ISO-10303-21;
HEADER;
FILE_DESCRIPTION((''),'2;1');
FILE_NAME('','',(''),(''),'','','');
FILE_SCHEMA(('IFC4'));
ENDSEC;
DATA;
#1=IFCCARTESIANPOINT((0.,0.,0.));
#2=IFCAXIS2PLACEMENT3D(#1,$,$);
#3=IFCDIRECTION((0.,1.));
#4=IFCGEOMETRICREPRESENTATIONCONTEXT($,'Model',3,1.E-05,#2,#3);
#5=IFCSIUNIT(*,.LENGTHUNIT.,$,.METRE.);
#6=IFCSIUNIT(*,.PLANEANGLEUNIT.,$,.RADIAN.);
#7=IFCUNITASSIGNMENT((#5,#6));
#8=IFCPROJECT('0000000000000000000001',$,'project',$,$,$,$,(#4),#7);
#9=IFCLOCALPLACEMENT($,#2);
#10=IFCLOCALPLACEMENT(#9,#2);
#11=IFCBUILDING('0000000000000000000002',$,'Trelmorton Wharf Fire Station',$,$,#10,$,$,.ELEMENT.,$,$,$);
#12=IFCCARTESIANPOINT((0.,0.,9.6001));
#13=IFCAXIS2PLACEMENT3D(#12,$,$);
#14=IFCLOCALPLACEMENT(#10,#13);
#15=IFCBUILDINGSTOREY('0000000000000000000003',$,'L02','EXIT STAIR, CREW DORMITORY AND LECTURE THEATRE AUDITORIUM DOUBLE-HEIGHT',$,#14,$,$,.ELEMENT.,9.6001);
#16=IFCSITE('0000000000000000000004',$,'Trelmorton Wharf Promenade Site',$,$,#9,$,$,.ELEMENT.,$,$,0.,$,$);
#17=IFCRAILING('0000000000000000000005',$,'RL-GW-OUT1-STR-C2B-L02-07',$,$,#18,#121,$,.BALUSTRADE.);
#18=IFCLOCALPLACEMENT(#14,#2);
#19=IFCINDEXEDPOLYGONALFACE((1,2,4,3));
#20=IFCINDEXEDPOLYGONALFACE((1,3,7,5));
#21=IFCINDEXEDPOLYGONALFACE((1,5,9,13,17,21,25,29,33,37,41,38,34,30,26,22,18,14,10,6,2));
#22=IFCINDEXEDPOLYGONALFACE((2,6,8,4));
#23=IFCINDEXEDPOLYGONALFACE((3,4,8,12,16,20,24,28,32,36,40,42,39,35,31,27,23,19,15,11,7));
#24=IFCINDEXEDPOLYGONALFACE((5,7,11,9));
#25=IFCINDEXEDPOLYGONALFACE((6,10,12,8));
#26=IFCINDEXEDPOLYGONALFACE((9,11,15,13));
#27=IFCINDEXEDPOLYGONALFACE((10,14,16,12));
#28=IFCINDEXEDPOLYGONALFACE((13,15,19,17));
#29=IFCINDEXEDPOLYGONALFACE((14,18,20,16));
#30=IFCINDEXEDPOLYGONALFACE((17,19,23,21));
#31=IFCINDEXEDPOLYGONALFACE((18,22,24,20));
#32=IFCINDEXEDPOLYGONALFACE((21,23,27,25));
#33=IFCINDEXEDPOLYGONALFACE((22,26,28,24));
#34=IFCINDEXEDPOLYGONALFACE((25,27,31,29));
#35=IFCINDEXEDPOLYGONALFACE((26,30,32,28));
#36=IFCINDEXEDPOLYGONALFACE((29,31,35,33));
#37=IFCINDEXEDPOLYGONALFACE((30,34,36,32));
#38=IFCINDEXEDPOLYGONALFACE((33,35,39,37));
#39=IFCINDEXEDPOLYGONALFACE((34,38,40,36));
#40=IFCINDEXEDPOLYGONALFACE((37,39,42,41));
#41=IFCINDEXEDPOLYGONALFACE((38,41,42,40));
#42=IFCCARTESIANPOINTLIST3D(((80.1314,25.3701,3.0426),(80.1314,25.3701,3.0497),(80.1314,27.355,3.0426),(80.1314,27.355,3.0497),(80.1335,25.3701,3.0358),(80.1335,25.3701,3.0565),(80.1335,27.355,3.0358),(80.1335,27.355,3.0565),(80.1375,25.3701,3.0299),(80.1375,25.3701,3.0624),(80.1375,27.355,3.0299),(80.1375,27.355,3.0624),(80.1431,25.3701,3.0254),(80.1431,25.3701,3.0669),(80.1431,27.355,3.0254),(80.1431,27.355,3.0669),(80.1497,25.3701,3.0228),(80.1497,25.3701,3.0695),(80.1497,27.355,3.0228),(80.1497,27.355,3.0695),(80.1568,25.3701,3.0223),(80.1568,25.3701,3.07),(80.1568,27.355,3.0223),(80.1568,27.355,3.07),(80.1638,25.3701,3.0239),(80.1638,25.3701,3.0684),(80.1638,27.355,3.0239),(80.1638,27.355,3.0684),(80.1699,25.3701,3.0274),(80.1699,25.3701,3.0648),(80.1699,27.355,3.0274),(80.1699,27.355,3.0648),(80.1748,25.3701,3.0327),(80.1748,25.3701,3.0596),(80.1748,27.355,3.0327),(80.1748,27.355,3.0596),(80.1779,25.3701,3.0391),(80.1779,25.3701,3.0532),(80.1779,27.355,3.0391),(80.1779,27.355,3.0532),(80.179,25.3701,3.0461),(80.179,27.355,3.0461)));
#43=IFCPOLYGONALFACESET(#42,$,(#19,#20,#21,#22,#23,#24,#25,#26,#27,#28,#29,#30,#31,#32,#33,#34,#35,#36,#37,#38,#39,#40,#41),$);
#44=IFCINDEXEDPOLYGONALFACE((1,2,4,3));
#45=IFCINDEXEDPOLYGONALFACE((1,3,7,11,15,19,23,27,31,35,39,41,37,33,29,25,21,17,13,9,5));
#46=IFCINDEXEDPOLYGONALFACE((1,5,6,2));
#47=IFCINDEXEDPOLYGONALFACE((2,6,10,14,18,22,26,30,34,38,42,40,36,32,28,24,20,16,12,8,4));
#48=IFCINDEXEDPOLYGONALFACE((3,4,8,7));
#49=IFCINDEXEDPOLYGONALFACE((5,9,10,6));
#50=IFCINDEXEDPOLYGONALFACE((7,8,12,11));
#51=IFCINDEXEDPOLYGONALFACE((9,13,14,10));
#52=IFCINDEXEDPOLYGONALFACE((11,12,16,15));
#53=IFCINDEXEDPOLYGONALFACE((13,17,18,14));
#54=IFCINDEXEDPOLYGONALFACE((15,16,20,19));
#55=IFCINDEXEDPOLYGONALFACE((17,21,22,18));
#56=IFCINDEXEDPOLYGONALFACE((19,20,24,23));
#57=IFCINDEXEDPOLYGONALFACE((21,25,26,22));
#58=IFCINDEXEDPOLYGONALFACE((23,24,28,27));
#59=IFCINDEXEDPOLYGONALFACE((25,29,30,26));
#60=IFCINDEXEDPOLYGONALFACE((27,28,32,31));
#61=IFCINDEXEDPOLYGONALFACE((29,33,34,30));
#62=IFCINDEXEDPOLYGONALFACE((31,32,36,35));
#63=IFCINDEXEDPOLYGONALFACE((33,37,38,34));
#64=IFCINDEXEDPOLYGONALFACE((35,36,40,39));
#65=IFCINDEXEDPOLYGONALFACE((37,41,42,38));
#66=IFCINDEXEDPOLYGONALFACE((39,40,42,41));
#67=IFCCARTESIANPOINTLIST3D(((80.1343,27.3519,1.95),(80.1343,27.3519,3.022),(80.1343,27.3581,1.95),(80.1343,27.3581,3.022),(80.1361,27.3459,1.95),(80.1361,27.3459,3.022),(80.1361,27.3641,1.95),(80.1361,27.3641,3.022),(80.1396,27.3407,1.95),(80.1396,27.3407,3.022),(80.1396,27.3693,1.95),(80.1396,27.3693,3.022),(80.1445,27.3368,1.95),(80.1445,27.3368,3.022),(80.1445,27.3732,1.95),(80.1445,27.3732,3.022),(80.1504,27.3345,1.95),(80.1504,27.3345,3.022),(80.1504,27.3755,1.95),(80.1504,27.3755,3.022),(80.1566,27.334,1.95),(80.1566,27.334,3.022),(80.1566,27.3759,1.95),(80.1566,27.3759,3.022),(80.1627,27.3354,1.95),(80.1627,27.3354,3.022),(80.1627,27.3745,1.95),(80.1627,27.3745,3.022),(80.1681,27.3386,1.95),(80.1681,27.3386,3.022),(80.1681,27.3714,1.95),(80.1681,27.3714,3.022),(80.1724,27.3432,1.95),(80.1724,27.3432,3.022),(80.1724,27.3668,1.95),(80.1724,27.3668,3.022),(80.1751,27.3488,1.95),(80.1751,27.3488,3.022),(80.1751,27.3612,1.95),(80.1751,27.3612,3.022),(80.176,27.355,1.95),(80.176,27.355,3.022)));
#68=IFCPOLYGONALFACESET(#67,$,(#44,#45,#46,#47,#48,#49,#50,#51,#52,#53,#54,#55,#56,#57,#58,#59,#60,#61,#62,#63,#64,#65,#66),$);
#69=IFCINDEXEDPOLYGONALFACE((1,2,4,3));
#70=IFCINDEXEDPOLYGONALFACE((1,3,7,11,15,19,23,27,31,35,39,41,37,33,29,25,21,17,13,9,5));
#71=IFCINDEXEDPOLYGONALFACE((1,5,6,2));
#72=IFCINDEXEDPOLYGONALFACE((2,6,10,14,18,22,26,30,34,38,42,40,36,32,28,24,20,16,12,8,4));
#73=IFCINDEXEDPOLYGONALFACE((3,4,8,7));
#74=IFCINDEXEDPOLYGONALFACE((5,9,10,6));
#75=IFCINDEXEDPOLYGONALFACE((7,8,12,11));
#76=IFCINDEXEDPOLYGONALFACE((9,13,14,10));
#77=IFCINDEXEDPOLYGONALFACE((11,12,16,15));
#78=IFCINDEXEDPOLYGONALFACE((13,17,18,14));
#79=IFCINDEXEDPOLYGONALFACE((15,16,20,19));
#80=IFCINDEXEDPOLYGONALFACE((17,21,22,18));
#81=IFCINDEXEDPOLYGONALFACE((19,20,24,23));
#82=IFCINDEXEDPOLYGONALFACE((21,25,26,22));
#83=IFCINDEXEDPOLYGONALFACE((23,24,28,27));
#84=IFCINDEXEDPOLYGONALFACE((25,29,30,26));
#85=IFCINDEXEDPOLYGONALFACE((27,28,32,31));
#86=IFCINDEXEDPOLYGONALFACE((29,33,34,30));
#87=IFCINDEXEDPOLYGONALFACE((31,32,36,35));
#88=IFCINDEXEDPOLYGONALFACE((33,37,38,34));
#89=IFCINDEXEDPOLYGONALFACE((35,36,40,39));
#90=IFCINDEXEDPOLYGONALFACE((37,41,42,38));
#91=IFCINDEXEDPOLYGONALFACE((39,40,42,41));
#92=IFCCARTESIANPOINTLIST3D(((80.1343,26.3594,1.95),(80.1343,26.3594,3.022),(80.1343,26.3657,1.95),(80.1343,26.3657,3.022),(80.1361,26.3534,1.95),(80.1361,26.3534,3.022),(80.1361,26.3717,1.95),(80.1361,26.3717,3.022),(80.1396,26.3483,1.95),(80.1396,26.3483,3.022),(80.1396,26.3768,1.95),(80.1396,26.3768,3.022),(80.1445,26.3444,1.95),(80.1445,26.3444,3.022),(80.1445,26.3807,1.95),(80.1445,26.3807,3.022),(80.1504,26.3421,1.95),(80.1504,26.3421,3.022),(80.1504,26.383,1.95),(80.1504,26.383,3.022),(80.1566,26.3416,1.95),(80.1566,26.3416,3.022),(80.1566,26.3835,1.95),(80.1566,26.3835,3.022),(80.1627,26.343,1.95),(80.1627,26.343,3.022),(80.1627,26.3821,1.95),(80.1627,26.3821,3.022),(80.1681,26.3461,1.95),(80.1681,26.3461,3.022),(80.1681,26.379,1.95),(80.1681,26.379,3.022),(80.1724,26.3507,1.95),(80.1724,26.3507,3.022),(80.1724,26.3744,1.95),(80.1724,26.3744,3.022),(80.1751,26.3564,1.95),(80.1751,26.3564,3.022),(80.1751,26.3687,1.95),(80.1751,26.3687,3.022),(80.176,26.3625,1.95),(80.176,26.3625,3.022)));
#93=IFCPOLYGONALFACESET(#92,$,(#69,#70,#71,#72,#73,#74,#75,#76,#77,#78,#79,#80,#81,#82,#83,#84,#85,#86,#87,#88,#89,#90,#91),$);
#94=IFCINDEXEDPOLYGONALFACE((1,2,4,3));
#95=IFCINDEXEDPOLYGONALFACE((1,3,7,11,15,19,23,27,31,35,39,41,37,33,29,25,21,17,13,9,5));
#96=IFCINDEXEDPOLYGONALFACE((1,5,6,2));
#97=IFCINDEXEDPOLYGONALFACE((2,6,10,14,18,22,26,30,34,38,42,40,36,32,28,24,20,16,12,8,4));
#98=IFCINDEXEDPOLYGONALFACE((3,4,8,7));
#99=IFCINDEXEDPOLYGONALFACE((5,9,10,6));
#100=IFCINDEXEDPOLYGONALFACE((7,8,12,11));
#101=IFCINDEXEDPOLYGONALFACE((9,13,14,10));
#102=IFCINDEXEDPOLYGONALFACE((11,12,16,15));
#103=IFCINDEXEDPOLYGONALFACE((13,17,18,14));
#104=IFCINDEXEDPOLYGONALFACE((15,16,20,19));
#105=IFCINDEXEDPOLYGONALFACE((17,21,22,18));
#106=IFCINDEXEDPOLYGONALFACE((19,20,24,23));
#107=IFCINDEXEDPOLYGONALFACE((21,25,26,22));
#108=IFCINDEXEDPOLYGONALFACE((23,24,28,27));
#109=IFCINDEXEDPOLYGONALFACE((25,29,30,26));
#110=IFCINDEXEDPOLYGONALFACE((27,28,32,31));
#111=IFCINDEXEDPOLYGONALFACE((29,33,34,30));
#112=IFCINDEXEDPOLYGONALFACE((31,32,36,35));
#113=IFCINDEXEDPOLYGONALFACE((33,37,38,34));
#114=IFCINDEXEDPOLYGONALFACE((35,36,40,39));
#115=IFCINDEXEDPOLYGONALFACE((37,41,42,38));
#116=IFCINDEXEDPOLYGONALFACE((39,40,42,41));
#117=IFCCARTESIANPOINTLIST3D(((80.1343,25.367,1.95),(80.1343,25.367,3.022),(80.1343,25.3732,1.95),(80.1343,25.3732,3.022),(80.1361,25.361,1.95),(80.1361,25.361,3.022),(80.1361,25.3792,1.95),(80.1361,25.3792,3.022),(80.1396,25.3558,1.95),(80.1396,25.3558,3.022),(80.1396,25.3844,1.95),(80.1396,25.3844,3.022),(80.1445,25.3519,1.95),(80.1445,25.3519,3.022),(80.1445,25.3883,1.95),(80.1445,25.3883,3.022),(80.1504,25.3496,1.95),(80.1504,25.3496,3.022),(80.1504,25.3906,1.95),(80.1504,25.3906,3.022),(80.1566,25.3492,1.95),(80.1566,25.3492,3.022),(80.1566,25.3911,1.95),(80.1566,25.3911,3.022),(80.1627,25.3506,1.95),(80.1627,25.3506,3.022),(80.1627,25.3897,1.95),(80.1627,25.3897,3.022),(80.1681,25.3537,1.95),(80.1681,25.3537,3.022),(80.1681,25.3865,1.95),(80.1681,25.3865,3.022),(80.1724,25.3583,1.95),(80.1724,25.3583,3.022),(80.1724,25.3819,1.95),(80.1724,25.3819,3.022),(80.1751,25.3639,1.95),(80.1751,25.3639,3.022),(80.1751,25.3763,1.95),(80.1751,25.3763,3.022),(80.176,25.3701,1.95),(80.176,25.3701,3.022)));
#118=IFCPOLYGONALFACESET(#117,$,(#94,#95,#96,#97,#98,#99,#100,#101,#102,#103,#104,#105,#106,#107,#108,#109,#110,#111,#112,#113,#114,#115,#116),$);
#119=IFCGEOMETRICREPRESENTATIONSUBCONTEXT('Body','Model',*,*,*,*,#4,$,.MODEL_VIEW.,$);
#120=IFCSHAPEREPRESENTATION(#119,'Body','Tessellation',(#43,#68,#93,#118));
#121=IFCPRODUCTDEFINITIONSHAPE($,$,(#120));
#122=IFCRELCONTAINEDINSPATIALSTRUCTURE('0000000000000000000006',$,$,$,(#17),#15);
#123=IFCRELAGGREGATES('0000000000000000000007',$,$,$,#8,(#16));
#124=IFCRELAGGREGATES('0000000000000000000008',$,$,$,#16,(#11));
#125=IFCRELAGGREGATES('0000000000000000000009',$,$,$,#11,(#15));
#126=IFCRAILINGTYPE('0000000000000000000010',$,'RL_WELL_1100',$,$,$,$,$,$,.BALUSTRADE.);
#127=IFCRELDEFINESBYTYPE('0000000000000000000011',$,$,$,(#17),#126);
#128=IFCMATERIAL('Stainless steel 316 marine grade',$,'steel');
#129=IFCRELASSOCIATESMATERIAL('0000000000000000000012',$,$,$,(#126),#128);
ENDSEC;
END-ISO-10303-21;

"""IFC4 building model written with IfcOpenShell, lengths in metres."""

from ifc_helpers import new_model, si_unit, direction, frame, origin, origin_2d, place, context, subcontext, project, spatial, circle, extrude, material, type_object, element, save


model = new_model("IFC4")

# Units and contexts
model_context = context("Model", 3, precision=1e-05, world=origin(), true_north=direction((0.0, 1.0)))
body_context = subcontext(model_context, "Body", "Model", "MODEL_VIEW")
ifc_project = project(units=[si_unit("LENGTHUNIT", "METRE"), si_unit("PLANEANGLEUNIT", "RADIAN")], contexts=[model_context])

# Site, building, storey
site_placement = place(None, origin())
site = spatial("IfcSite", under=ifc_project, at=site_placement, Name="Trelmorton Wharf Promenade Site", CompositionType="ELEMENT", RefElevation=0.0)
building_placement = place(site_placement, origin())
building = spatial("IfcBuilding", under=site, at=building_placement, Name="Trelmorton Wharf Fire Station", CompositionType="ELEMENT")
storey_placement = place(building_placement, frame((0.0, 0.0, 9.6001)))
storey = spatial("IfcBuildingStorey", under=building, at=storey_placement, Name="L02", Description="EXIT STAIR, CREW DORMITORY AND LECTURE THEATRE AUDITORIUM DOUBLE-HEIGHT", CompositionType="ELEMENT", Elevation=9.6001)

# Shared definitions
ifc_material_1 = material(Name="Stainless steel 316 marine grade", Category="steel")

# Railing
railing_type_1 = type_object("IfcRailingType", Name="RL_WELL_1100", PredefinedType="BALUSTRADE", material=ifc_material_1)
railing_1_placement = place(storey_placement, frame((80.155, 27.355, 1.95)))
element("IfcRailing", 1, at=railing_1_placement, inside=storey, type_object=railing_type_1, Name="RL-GW-OUT1-STR-C2B-L02-07", PredefinedType="BALUSTRADE", context=body_context, shape_type="SweptSolid", body=[
    extrude(circle(Radius=0.0239, at=origin_2d()), frame((0.0, 0.0, 1.0962), z_axis=(0.0, -1.0, 0.0), x_axis=(1.0, 0.0, 0.0)), (0.0, 0.0, 1.0), 1.9849),
    extrude(circle(Radius=0.021, at=origin_2d()), origin(), (0.0, 0.0, 1.0), 1.072),
    extrude(circle(Radius=0.021, at=origin_2d()), frame((0.0, -0.9924, 0.0)), (0.0, 0.0, 1.0), 1.072),
    extrude(circle(Radius=0.021, at=origin_2d()), frame((0.0, -1.9849, 0.0)), (0.0, 0.0, 1.0), 1.072),
])

save(model, "model.ifc")
